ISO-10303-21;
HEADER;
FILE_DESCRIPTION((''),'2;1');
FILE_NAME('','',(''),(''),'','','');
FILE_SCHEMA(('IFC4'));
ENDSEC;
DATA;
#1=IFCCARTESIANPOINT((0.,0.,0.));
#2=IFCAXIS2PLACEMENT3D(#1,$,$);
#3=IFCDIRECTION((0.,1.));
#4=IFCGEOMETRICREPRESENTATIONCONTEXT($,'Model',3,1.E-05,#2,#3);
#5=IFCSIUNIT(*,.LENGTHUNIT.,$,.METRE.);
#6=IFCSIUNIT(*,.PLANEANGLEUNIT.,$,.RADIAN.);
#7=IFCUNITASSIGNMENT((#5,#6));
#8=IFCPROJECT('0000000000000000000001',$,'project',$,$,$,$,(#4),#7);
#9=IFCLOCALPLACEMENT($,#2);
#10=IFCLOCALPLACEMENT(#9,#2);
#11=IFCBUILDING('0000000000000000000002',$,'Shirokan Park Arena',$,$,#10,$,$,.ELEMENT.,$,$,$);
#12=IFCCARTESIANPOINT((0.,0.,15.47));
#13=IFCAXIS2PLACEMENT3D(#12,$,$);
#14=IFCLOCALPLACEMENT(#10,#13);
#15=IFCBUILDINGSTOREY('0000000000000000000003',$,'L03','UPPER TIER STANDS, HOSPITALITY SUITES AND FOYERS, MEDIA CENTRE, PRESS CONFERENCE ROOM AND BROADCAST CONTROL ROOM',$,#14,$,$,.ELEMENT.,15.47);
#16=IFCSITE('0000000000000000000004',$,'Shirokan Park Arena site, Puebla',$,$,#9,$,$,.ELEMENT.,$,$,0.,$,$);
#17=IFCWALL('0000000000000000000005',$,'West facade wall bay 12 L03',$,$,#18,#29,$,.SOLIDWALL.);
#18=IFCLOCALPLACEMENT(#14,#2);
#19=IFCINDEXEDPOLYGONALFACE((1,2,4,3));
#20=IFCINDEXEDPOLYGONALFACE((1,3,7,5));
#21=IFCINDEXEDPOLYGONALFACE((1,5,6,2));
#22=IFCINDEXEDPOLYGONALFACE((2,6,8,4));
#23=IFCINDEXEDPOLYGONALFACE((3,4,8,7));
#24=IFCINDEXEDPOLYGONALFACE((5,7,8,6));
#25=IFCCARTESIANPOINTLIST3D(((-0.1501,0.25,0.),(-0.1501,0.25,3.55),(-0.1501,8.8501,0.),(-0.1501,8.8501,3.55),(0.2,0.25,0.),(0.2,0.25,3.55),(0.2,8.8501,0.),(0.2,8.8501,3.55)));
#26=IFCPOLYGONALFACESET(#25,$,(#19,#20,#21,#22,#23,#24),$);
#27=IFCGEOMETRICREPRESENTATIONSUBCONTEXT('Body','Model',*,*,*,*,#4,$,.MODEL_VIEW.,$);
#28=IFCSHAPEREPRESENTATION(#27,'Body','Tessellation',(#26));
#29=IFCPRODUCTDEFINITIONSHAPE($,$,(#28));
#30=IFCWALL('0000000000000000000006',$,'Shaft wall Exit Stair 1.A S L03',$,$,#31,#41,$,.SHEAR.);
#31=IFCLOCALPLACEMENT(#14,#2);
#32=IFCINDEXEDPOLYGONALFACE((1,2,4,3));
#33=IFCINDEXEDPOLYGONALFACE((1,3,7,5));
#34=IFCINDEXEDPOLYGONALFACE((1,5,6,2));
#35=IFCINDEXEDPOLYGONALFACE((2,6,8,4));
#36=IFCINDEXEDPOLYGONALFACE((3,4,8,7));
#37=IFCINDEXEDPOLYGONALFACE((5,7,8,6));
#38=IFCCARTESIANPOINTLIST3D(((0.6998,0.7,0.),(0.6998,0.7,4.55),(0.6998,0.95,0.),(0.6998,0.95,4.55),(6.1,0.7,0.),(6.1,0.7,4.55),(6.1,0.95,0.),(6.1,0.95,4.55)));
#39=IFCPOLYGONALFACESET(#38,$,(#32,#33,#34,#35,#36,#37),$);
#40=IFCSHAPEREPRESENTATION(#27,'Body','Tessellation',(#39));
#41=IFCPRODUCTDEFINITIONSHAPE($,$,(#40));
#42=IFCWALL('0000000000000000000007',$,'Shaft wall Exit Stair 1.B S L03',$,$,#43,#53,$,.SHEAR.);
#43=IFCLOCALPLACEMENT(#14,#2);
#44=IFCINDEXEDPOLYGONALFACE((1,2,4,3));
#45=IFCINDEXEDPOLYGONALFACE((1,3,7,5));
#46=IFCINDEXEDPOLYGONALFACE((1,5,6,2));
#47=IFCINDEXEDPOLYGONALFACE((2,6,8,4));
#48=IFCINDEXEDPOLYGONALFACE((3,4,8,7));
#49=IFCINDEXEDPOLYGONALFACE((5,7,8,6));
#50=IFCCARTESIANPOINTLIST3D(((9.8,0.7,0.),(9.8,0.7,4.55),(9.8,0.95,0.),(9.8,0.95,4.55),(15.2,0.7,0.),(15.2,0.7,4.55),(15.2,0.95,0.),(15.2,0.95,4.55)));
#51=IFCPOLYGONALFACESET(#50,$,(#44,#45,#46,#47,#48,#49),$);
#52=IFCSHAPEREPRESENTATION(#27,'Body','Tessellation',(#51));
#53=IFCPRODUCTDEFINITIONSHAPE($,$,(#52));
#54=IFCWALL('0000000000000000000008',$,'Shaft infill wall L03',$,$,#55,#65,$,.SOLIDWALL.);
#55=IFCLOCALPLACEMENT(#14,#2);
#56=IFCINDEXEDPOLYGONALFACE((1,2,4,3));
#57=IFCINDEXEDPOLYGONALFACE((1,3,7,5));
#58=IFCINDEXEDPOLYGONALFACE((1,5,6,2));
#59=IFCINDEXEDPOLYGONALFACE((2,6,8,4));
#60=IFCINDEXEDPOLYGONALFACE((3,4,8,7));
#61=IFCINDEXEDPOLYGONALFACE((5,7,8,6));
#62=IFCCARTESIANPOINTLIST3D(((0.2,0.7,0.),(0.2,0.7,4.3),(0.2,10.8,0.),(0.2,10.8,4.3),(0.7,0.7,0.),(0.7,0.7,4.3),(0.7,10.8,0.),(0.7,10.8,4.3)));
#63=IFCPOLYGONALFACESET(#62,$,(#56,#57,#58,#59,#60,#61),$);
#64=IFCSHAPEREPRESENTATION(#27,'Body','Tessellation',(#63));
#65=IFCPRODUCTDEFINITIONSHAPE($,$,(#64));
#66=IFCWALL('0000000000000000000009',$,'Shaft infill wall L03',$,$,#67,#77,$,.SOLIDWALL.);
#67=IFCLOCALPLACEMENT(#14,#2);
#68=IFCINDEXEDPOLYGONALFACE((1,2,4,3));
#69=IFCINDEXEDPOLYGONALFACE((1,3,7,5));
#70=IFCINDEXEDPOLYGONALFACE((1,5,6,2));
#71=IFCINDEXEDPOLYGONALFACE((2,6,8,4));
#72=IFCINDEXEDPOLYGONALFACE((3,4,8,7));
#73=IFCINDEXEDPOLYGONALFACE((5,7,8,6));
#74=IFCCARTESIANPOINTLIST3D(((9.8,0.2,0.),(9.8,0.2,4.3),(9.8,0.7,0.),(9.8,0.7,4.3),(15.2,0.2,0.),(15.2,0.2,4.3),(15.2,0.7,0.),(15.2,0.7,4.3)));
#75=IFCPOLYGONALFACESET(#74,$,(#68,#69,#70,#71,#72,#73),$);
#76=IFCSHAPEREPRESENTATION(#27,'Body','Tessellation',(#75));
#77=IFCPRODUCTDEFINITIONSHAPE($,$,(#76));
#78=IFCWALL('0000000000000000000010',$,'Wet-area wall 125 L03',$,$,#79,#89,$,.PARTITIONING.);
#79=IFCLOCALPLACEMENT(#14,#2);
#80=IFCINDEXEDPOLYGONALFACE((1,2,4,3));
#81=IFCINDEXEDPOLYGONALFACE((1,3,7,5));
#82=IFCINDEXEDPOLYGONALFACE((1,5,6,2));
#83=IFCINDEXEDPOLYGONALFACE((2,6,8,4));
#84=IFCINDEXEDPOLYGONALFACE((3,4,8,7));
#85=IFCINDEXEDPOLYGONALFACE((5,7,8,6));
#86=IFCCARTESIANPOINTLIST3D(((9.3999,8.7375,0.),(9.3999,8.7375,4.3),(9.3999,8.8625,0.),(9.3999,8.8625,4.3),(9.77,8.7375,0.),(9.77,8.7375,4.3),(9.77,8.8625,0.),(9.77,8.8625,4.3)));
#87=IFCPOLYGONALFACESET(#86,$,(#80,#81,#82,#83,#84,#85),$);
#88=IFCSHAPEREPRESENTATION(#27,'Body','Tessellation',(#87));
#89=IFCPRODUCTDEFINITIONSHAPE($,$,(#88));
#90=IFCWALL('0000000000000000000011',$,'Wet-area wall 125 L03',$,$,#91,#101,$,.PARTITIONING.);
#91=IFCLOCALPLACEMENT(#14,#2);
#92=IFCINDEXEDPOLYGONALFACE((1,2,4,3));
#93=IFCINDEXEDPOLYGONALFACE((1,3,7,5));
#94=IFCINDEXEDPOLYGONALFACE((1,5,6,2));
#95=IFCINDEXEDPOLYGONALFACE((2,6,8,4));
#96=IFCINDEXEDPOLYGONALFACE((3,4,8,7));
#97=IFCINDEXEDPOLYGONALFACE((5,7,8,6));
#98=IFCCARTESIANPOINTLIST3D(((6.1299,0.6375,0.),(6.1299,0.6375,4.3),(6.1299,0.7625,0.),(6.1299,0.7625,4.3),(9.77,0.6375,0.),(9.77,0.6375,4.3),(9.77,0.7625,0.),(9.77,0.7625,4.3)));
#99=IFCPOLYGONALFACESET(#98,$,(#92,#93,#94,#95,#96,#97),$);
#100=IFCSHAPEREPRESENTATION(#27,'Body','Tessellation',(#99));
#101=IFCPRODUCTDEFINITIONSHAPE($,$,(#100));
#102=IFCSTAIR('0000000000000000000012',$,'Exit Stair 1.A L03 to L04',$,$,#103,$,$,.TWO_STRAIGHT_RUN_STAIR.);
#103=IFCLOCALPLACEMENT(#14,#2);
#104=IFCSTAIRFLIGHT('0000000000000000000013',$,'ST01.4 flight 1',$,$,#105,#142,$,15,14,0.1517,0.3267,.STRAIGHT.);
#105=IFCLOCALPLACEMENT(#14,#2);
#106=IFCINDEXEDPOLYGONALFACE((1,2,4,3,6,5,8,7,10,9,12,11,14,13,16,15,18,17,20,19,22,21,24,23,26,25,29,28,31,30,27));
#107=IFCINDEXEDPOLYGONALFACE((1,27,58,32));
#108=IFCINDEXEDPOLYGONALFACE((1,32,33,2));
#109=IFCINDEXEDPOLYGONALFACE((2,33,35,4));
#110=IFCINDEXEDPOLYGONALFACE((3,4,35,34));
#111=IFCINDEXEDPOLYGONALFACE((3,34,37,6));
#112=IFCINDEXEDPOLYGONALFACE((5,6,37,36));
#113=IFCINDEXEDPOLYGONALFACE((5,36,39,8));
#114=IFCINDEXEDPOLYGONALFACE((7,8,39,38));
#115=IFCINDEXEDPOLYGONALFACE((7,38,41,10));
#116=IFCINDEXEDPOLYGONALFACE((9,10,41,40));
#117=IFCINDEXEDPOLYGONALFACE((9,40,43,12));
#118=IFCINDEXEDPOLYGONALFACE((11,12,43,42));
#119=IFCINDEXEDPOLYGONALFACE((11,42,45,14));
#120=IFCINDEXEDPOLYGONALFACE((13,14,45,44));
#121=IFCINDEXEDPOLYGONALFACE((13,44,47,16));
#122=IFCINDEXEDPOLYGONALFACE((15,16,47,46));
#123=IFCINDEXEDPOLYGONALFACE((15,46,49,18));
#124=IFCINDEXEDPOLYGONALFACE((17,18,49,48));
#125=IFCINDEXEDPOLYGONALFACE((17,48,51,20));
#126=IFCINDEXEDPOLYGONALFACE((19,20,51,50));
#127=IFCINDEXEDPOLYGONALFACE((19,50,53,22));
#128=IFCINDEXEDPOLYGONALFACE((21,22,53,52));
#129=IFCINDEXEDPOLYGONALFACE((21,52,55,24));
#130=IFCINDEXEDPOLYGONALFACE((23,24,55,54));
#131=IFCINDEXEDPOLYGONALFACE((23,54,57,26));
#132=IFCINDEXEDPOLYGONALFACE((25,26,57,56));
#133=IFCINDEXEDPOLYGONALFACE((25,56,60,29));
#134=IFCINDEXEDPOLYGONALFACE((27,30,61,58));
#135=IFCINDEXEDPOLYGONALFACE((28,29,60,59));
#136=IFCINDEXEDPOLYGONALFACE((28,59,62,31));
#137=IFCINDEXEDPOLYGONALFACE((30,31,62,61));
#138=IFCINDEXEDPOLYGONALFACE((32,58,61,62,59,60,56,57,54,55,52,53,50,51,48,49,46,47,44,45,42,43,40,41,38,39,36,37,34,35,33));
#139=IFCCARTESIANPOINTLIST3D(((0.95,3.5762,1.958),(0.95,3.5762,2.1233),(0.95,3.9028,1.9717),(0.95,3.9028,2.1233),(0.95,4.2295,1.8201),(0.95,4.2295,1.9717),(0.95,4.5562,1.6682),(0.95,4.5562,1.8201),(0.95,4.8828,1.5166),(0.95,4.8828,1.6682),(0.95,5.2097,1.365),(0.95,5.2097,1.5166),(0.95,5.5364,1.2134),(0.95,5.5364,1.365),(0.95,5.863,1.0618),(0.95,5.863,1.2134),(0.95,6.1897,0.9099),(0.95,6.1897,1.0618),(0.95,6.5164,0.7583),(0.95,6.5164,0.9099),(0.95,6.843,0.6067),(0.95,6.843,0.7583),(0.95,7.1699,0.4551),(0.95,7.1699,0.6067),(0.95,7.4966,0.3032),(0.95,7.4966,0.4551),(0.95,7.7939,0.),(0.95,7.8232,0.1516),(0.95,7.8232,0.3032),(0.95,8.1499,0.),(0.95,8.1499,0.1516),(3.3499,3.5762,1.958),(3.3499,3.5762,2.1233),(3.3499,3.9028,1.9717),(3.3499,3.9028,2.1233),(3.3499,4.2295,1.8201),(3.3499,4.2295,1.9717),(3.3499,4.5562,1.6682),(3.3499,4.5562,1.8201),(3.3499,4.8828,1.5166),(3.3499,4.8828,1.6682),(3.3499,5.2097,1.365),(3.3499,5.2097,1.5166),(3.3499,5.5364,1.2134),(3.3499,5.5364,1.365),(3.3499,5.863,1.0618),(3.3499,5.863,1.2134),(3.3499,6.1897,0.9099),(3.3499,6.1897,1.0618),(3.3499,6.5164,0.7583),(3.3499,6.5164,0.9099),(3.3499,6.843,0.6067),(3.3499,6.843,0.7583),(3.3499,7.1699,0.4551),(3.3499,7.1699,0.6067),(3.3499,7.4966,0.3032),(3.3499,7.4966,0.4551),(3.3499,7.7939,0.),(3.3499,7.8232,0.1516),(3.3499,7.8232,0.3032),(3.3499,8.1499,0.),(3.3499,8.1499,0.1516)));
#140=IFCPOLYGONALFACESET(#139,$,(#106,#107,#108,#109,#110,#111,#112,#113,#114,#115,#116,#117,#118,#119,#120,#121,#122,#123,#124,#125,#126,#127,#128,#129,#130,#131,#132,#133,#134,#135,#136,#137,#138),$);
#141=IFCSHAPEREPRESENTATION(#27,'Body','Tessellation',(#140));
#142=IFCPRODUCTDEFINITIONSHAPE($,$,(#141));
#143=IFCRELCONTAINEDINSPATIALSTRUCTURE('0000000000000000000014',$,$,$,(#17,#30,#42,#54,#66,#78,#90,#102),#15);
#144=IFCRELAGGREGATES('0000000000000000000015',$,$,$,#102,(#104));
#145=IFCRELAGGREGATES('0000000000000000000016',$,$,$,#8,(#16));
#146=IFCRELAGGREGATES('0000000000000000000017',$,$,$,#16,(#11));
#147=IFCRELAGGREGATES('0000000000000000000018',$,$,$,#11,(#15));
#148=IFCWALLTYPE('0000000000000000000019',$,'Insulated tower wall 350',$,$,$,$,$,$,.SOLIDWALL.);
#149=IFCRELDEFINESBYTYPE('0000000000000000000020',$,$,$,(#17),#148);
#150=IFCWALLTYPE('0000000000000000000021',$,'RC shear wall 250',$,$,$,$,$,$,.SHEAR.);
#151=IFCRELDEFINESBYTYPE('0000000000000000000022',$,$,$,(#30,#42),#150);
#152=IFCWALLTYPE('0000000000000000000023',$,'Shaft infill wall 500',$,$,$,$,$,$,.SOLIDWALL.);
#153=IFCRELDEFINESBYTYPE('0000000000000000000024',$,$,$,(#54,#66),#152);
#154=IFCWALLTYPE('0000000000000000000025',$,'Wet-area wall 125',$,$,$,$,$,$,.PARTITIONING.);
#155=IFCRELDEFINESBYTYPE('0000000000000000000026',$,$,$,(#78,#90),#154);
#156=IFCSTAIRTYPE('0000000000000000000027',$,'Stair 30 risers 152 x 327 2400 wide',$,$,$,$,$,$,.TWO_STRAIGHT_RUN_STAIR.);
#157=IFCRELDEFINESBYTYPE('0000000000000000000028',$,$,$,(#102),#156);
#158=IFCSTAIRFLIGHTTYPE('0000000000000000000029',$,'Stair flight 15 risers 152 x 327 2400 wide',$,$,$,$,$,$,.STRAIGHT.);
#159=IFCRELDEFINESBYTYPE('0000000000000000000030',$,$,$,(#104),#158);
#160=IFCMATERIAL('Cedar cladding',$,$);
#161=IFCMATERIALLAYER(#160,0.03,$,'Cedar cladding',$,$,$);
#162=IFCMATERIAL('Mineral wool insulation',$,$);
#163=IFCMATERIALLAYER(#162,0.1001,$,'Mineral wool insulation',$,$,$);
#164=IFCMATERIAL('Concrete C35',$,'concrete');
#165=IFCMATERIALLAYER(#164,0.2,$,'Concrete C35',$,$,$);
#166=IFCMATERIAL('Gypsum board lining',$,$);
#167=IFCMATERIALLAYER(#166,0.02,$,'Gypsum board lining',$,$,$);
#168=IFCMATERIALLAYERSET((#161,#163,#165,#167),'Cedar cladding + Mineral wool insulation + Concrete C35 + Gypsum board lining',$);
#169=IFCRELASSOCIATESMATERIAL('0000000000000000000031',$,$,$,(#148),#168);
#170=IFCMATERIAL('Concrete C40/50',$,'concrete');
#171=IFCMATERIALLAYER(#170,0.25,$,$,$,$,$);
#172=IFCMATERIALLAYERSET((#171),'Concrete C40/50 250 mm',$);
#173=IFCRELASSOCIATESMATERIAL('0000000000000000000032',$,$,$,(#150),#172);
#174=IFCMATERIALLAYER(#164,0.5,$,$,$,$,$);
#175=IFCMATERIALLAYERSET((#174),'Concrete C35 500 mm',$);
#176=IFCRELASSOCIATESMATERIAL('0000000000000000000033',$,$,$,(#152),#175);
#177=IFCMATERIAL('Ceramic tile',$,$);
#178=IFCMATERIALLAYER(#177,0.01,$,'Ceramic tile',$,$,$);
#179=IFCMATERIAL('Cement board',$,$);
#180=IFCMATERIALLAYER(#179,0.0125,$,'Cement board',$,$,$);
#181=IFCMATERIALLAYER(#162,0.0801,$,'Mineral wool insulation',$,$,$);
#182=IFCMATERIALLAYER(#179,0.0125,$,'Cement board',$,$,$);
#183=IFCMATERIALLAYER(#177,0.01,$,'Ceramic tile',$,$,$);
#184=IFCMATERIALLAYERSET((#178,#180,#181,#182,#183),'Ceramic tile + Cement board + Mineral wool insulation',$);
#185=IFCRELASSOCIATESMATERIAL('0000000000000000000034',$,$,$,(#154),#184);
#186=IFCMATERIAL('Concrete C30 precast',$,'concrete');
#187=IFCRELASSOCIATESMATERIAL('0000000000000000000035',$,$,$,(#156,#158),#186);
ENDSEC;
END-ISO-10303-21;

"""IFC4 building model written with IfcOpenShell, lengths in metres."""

from ifc_helpers import new_model, si_unit, direction, frame, frame_2d, origin, place, context, subcontext, project, spatial, polyline, rectangle, outline, extrude, material, layer, layer_set, type_object, element, aggregate, save


model = new_model("IFC4")

# Units and contexts
model_context = context("Model", 3, precision=1e-05, world=origin(), true_north=direction((0.0, 1.0)))
body_context = subcontext(model_context, "Body", "Model", "MODEL_VIEW")
ifc_project = project(units=[si_unit("LENGTHUNIT", "METRE"), si_unit("PLANEANGLEUNIT", "RADIAN")], contexts=[model_context])

# Site, building, storey
site_placement = place(None, origin())
site = spatial("IfcSite", under=ifc_project, at=site_placement, Name="Shirokan Park Arena site, Puebla", CompositionType="ELEMENT", RefElevation=0.0)
building_placement = place(site_placement, origin())
building = spatial("IfcBuilding", under=site, at=building_placement, Name="Shirokan Park Arena", CompositionType="ELEMENT")
storey_placement = place(building_placement, frame((0.0, 0.0, 15.47)))
storey = spatial("IfcBuildingStorey", under=building, at=storey_placement, Name="L03", Description="UPPER TIER STANDS, HOSPITALITY SUITES AND FOYERS, MEDIA CENTRE, PRESS CONFERENCE ROOM AND BROADCAST CONTROL ROOM", CompositionType="ELEMENT", Elevation=15.47)

# Walls
ifc_material_1 = material(Name="Cedar cladding")
ifc_layer_1 = layer(ifc_material_1, 0.03, Name="Cedar cladding")
ifc_material_2 = material(Name="Mineral wool insulation")
ifc_layer_2 = layer(ifc_material_2, 0.1001, Name="Mineral wool insulation")
ifc_material_3 = material(Name="Concrete C35", Category="concrete")
ifc_layer_3 = layer(ifc_material_3, 0.2, Name="Concrete C35")
ifc_material_4 = material(Name="Gypsum board lining")
ifc_layer_4 = layer(ifc_material_4, 0.02, Name="Gypsum board lining")
ifc_layer_set_1 = layer_set([ifc_layer_1, ifc_layer_2, ifc_layer_3, ifc_layer_4], Name="Cedar cladding + Mineral wool insulation + Concrete C35 + Gypsum board lining")
wall_type_1 = type_object("IfcWallType", Name="Insulated tower wall 350", PredefinedType="SOLIDWALL", material=ifc_layer_set_1)
wall_1_placement = place(storey_placement, frame((0.0249, 8.8501, 0.0), z_axis=(0.0, 0.0, 1.0), x_axis=(0.0, -1.0, 0.0)))
element("IfcWall", 1, at=wall_1_placement, inside=storey, type_object=wall_type_1, Name="West facade wall bay 12 L03", PredefinedType="SOLIDWALL", context=body_context, shape_type="SweptSolid", body=[
    extrude(rectangle(XDim=8.6001, YDim=0.3501, at=frame_2d((4.3, 0.0))), origin(), (0.0, 0.0, 1.0), 3.55),
])
ifc_material_5 = material(Name="Concrete C40/50", Category="concrete")
ifc_layer_5 = layer(ifc_material_5, 0.25)
ifc_layer_set_2 = layer_set([ifc_layer_5], Name="Concrete C40/50 250 mm")
wall_type_2 = type_object("IfcWallType", Name="RC shear wall 250", PredefinedType="SHEAR", material=ifc_layer_set_2)
wall_2_placement = place(storey_placement, frame((6.1001, 0.825, 0.0), z_axis=(0.0, 0.0, 1.0), x_axis=(-1.0, 0.0, 0.0)))
element("IfcWall", 2, at=wall_2_placement, inside=storey, type_object=wall_type_2, Name="Shaft wall Exit Stair 1.A S L03", PredefinedType="SHEAR", context=body_context, shape_type="SweptSolid", body=[
    extrude(rectangle(XDim=5.4001, YDim=0.25, at=frame_2d((2.7002, 0.0))), origin(), (0.0, 0.0, 1.0), 4.55),
])
wall_3_placement = place(storey_placement, frame((15.2, 0.825, 0.0), z_axis=(0.0, 0.0, 1.0), x_axis=(-1.0, 0.0, 0.0)))
element("IfcWall", 3, at=wall_3_placement, inside=storey, type_object=wall_type_2, Name="Shaft wall Exit Stair 1.B S L03", PredefinedType="SHEAR", context=body_context, shape_type="SweptSolid", body=[
    extrude(rectangle(XDim=5.3999, YDim=0.25, at=frame_2d((2.7, 0.0))), origin(), (0.0, 0.0, 1.0), 4.55),
])
ifc_layer_6 = layer(ifc_material_3, 0.5)
ifc_layer_set_3 = layer_set([ifc_layer_6], Name="Concrete C35 500 mm")
wall_type_3 = type_object("IfcWallType", Name="Shaft infill wall 500", PredefinedType="SOLIDWALL", material=ifc_layer_set_3)
wall_4_placement = place(storey_placement, frame((0.45, 0.7, 0.0), z_axis=(0.0, 0.0, 1.0), x_axis=(0.0, 1.0, 0.0)))
element("IfcWall", 4, at=wall_4_placement, inside=storey, type_object=wall_type_3, Name="Shaft infill wall L03", PredefinedType="SOLIDWALL", context=body_context, shape_type="SweptSolid", body=[
    extrude(rectangle(XDim=10.1001, YDim=0.5, at=frame_2d((5.05, 0.0))), origin(), (0.0, 0.0, 1.0), 4.3),
])
wall_5_placement = place(storey_placement, frame((9.8, 0.45, 0.0), z_axis=(0.0, 0.0, 1.0), x_axis=(1.0, 0.0, 0.0)))
element("IfcWall", 5, at=wall_5_placement, inside=storey, type_object=wall_type_3, Name="Shaft infill wall L03", PredefinedType="SOLIDWALL", context=body_context, shape_type="SweptSolid", body=[
    extrude(rectangle(XDim=5.3999, YDim=0.5, at=frame_2d((2.7, 0.0))), origin(), (0.0, 0.0, 1.0), 4.3),
])
ifc_material_6 = material(Name="Ceramic tile")
ifc_layer_7 = layer(ifc_material_6, 0.01, Name="Ceramic tile")
ifc_material_7 = material(Name="Cement board")
ifc_layer_8 = layer(ifc_material_7, 0.0125, Name="Cement board")
ifc_layer_9 = layer(ifc_material_2, 0.0801, Name="Mineral wool insulation")
ifc_layer_10 = layer(ifc_material_7, 0.0125, Name="Cement board")
ifc_layer_11 = layer(ifc_material_6, 0.01, Name="Ceramic tile")
ifc_layer_set_4 = layer_set([ifc_layer_7, ifc_layer_8, ifc_layer_9, ifc_layer_10, ifc_layer_11], Name="Ceramic tile + Cement board + Mineral wool insulation")
wall_type_4 = type_object("IfcWallType", Name="Wet-area wall 125", PredefinedType="PARTITIONING", material=ifc_layer_set_4)
wall_6_placement = place(storey_placement, frame((9.3999, 8.8, 0.0), z_axis=(0.0, 0.0, 1.0), x_axis=(1.0, 0.0, 0.0)))
element("IfcWall", 6, at=wall_6_placement, inside=storey, type_object=wall_type_4, Name="Wet-area wall 125 L03", PredefinedType="PARTITIONING", context=body_context, shape_type="SweptSolid", body=[
    extrude(rectangle(XDim=0.3701, YDim=0.125, at=frame_2d((0.1851, 0.0))), origin(), (0.0, 0.0, 1.0), 4.3),
])
wall_7_placement = place(storey_placement, frame((9.77, 0.7, 0.0), z_axis=(0.0, 0.0, 1.0), x_axis=(-1.0, 0.0, 0.0)))
element("IfcWall", 7, at=wall_7_placement, inside=storey, type_object=wall_type_4, Name="Wet-area wall 125 L03", PredefinedType="PARTITIONING", context=body_context, shape_type="SweptSolid", body=[
    extrude(rectangle(XDim=3.6401, YDim=0.125, at=frame_2d((1.8201, 0.0))), origin(), (0.0, 0.0, 1.0), 4.3),
])

# Stair, stair flight
ifc_material_8 = material(Name="Concrete C30 precast", Category="concrete")
stair_type = type_object("IfcStairType", Name="Stair 30 risers 152 x 327 2400 wide", PredefinedType="TWO_STRAIGHT_RUN_STAIR", material=ifc_material_8)
stair_1_placement = place(storey_placement, origin())
stair_1 = element("IfcStair", 8, at=stair_1_placement, inside=storey, type_object=stair_type, Name="Exit Stair 1.A L03 to L04", PredefinedType="TWO_STRAIGHT_RUN_STAIR")
stair_flight_type = type_object("IfcStairFlightType", Name="Stair flight 15 risers 152 x 327 2400 wide", PredefinedType="STRAIGHT", material=ifc_material_8)
stair_flight_1_placement = place(storey_placement, frame((2.1499, 8.1499, 0.0), z_axis=(0.0, 0.0, 1.0), x_axis=(0.0, -1.0, 0.0)))
stair_flight_1 = element("IfcStairFlight", 9, at=stair_flight_1_placement, type_object=stair_flight_type, Name="ST01.4 flight 1", NumberOfRisers=15, NumberOfTreads=14, PredefinedType="STRAIGHT", RiserHeight=0.1517, TreadLength=0.3267, context=body_context, shape_type="SweptSolid", body=[
    extrude(outline(polyline([(0.0, 0.0), (0.0, 0.1516), (0.3267, 0.1516), (0.3267, 0.3032), (0.6533, 0.3032), (0.6533, 0.4551), (0.98, 0.4551), (0.98, 0.6067), (1.3069, 0.6067), (1.3069, 0.7583), (1.6335, 0.7583), (1.6335, 0.9099), (1.9602, 0.9099), (1.9602, 1.0618), (2.2869, 1.0618), (2.2869, 1.2134), (2.6135, 1.2134), (2.6135, 1.365), (2.9402, 1.365), (2.9402, 1.5166), (3.2671, 1.5166), (3.2671, 1.6682), (3.5938, 1.6682), (3.5938, 1.8201), (3.9204, 1.8201), (3.9204, 1.9717), (4.2471, 1.9717), (4.2471, 2.1233), (4.5737, 2.1233), (4.5737, 2.2749), (4.5737, 1.958), (0.356, 0.0), (0.0, 0.0)])), frame((0.0, 1.2, 0.0), z_axis=(0.0, -1.0, 0.0), x_axis=(1.0, 0.0, 0.0)), (0.0, 0.0, 1.0), 2.3999),
])
aggregate(stair_1, [stair_flight_1])

save(model, "model.ifc")
